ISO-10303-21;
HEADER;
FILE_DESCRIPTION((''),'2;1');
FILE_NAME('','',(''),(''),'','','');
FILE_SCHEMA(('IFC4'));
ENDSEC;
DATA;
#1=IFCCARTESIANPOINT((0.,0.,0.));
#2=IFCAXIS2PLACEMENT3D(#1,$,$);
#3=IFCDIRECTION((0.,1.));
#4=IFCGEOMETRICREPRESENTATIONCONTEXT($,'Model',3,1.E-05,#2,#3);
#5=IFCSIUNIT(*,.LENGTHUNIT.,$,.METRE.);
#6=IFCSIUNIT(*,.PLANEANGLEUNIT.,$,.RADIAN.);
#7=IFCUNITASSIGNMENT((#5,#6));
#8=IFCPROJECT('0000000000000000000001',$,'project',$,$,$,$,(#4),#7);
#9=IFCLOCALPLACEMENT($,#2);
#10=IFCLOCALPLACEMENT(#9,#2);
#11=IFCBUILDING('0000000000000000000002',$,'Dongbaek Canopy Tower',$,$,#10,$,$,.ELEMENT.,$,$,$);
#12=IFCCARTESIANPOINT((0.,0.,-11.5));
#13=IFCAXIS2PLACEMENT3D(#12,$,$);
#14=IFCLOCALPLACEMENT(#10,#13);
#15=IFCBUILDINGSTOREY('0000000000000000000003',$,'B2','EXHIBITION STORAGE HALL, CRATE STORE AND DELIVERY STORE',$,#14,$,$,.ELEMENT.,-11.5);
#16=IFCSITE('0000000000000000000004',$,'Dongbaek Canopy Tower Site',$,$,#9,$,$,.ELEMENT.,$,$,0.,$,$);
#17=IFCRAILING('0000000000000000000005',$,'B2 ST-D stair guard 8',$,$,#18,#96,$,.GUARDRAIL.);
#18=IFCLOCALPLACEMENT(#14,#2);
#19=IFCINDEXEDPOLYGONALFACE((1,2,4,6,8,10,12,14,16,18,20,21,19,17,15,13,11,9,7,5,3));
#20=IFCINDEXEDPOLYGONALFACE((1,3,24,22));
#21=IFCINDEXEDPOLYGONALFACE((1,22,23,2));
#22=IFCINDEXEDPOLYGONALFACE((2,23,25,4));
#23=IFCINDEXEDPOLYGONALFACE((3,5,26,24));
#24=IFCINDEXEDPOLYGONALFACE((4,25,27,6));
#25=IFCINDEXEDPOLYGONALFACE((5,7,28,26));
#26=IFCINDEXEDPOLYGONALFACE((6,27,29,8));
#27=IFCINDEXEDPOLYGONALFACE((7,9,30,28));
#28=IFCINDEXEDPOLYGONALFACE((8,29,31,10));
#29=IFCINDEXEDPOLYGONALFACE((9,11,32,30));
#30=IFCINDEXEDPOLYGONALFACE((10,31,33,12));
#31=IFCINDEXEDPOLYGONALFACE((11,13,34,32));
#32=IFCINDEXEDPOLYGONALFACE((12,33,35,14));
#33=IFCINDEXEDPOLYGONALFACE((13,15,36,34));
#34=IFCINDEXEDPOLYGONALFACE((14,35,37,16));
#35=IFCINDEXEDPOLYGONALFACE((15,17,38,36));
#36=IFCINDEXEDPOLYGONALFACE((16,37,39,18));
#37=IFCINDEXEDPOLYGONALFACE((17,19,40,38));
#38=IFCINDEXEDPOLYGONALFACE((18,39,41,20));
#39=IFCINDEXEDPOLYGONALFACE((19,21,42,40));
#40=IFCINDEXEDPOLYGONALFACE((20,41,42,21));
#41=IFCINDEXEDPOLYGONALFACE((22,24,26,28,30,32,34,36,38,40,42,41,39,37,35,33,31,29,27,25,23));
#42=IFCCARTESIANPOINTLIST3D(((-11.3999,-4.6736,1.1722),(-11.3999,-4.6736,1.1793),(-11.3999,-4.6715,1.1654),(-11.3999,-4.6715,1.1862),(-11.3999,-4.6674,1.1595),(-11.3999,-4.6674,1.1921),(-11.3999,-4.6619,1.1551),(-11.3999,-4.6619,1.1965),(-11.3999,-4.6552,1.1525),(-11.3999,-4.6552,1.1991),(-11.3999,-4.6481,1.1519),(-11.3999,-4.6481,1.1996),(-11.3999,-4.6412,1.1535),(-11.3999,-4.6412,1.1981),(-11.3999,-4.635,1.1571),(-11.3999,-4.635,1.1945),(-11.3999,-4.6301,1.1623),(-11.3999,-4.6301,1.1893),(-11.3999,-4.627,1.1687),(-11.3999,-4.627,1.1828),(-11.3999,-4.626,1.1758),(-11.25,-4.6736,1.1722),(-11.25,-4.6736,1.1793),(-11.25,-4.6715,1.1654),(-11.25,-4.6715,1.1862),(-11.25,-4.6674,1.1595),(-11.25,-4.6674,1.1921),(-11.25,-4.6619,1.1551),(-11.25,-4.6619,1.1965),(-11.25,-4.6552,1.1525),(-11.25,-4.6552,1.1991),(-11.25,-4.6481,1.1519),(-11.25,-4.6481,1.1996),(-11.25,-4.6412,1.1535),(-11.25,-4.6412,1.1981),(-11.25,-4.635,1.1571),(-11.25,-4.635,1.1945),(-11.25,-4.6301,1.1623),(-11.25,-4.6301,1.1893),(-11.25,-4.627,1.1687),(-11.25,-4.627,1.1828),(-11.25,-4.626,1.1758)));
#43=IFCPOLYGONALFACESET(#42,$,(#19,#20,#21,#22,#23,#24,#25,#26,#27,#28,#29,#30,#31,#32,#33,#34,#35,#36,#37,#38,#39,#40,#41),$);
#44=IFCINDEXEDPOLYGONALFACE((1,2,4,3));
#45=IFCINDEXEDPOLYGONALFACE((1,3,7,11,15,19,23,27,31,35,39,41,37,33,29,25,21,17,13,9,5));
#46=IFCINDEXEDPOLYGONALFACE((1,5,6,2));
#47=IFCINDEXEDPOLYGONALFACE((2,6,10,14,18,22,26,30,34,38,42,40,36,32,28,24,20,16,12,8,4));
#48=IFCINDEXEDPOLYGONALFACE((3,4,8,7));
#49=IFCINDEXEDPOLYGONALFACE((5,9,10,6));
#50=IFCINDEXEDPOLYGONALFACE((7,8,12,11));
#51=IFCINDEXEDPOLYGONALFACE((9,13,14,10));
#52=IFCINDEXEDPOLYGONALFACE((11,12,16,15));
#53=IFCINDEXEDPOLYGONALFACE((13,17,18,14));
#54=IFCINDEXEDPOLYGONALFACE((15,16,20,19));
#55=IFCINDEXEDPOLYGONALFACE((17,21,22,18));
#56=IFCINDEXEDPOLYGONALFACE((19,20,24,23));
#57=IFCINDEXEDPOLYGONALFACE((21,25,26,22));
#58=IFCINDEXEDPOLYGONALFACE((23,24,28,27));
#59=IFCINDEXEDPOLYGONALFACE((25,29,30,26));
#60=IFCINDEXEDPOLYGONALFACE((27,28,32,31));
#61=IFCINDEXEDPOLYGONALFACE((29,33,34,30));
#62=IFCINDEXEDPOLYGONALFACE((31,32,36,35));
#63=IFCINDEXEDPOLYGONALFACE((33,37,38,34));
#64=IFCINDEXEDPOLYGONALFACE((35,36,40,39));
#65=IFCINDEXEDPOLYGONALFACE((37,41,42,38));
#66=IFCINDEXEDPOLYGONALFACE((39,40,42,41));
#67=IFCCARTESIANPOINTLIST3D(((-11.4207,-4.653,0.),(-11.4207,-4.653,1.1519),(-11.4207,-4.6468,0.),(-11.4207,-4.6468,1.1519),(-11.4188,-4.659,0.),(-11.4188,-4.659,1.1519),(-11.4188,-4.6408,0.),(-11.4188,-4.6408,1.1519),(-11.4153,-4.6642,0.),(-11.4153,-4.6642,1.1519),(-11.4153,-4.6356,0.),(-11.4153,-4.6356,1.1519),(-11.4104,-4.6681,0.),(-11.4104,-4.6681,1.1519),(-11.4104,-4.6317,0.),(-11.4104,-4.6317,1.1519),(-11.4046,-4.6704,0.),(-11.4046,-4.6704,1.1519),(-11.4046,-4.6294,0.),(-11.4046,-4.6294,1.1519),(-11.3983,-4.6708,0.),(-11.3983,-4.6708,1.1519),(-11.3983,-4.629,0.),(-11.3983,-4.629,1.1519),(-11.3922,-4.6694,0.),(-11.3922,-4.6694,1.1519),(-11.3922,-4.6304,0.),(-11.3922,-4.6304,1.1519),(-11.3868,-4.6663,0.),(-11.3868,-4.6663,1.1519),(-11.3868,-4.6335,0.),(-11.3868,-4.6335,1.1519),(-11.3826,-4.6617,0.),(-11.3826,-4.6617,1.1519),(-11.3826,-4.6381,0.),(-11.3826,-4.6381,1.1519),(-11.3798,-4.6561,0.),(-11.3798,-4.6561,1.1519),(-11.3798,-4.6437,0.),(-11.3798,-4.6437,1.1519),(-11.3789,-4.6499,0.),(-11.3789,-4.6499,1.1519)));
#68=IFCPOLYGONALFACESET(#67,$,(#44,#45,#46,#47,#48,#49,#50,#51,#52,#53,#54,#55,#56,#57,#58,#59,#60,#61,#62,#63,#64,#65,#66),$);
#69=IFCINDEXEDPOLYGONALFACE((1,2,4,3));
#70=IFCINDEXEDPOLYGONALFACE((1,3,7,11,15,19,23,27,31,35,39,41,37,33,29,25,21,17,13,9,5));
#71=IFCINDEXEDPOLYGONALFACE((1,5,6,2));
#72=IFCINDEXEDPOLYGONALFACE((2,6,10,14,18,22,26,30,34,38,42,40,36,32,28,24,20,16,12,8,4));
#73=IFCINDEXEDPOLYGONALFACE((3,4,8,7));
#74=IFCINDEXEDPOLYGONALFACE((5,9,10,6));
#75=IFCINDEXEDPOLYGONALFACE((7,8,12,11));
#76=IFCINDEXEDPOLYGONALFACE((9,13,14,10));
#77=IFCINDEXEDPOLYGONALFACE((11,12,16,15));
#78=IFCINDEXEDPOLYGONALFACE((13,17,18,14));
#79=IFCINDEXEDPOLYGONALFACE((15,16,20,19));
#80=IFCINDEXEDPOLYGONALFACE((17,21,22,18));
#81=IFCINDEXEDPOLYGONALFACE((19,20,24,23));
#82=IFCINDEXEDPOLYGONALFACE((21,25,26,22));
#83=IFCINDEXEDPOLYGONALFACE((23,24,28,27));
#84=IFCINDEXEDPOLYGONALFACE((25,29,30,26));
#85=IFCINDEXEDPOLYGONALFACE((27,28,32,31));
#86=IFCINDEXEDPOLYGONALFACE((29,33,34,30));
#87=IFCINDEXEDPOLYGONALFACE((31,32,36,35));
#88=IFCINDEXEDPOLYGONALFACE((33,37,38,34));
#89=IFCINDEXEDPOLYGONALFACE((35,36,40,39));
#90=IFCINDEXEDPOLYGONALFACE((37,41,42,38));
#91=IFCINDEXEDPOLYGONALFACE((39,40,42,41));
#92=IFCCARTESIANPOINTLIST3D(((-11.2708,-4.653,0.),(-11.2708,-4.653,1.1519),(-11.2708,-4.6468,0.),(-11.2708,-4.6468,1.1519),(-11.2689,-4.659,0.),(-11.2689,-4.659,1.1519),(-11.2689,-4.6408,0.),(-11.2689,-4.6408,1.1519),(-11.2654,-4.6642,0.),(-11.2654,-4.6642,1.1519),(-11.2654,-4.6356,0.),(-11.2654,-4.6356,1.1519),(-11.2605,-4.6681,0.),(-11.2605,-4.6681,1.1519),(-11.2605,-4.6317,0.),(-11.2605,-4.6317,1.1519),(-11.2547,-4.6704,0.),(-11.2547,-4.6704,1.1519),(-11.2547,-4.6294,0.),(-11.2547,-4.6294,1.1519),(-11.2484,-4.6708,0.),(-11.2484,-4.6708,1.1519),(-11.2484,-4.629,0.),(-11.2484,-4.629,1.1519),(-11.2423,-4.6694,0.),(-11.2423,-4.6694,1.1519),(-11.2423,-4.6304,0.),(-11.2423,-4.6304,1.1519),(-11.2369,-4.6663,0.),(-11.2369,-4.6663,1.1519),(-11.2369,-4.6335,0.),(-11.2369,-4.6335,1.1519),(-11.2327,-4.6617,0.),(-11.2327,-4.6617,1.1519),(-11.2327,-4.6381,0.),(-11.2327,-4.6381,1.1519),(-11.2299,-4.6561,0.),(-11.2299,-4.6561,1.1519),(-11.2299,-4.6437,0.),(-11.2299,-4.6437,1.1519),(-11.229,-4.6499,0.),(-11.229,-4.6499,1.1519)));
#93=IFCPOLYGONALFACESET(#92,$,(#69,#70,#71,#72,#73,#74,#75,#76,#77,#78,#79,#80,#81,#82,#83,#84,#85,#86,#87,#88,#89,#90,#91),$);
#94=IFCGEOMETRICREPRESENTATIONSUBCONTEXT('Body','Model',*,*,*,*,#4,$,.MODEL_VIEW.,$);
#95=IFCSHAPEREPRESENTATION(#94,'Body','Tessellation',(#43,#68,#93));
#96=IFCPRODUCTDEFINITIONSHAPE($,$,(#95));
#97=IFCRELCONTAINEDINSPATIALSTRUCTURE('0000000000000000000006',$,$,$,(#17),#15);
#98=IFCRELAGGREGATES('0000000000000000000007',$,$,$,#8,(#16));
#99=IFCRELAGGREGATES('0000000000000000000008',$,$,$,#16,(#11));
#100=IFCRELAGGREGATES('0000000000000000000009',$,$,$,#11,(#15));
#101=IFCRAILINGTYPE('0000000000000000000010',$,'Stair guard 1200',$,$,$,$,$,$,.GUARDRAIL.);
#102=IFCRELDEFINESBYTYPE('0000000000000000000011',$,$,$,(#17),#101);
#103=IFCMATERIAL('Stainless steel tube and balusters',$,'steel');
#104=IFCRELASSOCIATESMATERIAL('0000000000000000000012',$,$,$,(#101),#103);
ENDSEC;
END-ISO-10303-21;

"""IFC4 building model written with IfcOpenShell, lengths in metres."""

from ifc_helpers import new_model, si_unit, direction, frame, origin, origin_2d, place, context, subcontext, project, spatial, circle, extrude, material, type_object, element, save


model = new_model("IFC4")

# Units and contexts
model_context = context("Model", 3, precision=1e-05, world=origin(), true_north=direction((0.0, 1.0)))
body_context = subcontext(model_context, "Body", "Model", "MODEL_VIEW")
ifc_project = project(units=[si_unit("LENGTHUNIT", "METRE"), si_unit("PLANEANGLEUNIT", "RADIAN")], contexts=[model_context])

# Site, building, storey
site_placement = place(None, origin())
site = spatial("IfcSite", under=ifc_project, at=site_placement, Name="Dongbaek Canopy Tower Site", CompositionType="ELEMENT", RefElevation=0.0)
building_placement = place(site_placement, origin())
building = spatial("IfcBuilding", under=site, at=building_placement, Name="Dongbaek Canopy Tower", CompositionType="ELEMENT")
storey_placement = place(building_placement, frame((0.0, 0.0, -11.5)))
storey = spatial("IfcBuildingStorey", under=building, at=storey_placement, Name="B2", Description="EXHIBITION STORAGE HALL, CRATE STORE AND DELIVERY STORE", CompositionType="ELEMENT", Elevation=-11.5)

# Railing
ifc_material_1 = material(Name="Stainless steel tube and balusters", Category="steel")
railing_type_1 = type_object("IfcRailingType", Name="Stair guard 1200", PredefinedType="GUARDRAIL", material=ifc_material_1)
railing_1_placement = place(storey_placement, frame((-11.3999, -4.6499, 0.0)))
element("IfcRailing", 1, at=railing_1_placement, inside=storey, type_object=railing_type_1, Name="B2 ST-D stair guard 8", PredefinedType="GUARDRAIL", context=body_context, shape_type="SweptSolid", body=[
    extrude(circle(Radius=0.0239, at=origin_2d()), frame((0.0, 0.0, 1.1758), z_axis=(1.0, 0.0, 0.0), x_axis=(0.0, 1.0, 0.0)), (0.0, 0.0, 1.0), 0.1499),
    extrude(circle(Radius=0.021, at=origin_2d()), origin(), (0.0, 0.0, 1.0), 1.1519),
    extrude(circle(Radius=0.021, at=origin_2d()), frame((0.1499, 0.0, 0.0)), (0.0, 0.0, 1.0), 1.1519),
])

save(model, "model.ifc")
